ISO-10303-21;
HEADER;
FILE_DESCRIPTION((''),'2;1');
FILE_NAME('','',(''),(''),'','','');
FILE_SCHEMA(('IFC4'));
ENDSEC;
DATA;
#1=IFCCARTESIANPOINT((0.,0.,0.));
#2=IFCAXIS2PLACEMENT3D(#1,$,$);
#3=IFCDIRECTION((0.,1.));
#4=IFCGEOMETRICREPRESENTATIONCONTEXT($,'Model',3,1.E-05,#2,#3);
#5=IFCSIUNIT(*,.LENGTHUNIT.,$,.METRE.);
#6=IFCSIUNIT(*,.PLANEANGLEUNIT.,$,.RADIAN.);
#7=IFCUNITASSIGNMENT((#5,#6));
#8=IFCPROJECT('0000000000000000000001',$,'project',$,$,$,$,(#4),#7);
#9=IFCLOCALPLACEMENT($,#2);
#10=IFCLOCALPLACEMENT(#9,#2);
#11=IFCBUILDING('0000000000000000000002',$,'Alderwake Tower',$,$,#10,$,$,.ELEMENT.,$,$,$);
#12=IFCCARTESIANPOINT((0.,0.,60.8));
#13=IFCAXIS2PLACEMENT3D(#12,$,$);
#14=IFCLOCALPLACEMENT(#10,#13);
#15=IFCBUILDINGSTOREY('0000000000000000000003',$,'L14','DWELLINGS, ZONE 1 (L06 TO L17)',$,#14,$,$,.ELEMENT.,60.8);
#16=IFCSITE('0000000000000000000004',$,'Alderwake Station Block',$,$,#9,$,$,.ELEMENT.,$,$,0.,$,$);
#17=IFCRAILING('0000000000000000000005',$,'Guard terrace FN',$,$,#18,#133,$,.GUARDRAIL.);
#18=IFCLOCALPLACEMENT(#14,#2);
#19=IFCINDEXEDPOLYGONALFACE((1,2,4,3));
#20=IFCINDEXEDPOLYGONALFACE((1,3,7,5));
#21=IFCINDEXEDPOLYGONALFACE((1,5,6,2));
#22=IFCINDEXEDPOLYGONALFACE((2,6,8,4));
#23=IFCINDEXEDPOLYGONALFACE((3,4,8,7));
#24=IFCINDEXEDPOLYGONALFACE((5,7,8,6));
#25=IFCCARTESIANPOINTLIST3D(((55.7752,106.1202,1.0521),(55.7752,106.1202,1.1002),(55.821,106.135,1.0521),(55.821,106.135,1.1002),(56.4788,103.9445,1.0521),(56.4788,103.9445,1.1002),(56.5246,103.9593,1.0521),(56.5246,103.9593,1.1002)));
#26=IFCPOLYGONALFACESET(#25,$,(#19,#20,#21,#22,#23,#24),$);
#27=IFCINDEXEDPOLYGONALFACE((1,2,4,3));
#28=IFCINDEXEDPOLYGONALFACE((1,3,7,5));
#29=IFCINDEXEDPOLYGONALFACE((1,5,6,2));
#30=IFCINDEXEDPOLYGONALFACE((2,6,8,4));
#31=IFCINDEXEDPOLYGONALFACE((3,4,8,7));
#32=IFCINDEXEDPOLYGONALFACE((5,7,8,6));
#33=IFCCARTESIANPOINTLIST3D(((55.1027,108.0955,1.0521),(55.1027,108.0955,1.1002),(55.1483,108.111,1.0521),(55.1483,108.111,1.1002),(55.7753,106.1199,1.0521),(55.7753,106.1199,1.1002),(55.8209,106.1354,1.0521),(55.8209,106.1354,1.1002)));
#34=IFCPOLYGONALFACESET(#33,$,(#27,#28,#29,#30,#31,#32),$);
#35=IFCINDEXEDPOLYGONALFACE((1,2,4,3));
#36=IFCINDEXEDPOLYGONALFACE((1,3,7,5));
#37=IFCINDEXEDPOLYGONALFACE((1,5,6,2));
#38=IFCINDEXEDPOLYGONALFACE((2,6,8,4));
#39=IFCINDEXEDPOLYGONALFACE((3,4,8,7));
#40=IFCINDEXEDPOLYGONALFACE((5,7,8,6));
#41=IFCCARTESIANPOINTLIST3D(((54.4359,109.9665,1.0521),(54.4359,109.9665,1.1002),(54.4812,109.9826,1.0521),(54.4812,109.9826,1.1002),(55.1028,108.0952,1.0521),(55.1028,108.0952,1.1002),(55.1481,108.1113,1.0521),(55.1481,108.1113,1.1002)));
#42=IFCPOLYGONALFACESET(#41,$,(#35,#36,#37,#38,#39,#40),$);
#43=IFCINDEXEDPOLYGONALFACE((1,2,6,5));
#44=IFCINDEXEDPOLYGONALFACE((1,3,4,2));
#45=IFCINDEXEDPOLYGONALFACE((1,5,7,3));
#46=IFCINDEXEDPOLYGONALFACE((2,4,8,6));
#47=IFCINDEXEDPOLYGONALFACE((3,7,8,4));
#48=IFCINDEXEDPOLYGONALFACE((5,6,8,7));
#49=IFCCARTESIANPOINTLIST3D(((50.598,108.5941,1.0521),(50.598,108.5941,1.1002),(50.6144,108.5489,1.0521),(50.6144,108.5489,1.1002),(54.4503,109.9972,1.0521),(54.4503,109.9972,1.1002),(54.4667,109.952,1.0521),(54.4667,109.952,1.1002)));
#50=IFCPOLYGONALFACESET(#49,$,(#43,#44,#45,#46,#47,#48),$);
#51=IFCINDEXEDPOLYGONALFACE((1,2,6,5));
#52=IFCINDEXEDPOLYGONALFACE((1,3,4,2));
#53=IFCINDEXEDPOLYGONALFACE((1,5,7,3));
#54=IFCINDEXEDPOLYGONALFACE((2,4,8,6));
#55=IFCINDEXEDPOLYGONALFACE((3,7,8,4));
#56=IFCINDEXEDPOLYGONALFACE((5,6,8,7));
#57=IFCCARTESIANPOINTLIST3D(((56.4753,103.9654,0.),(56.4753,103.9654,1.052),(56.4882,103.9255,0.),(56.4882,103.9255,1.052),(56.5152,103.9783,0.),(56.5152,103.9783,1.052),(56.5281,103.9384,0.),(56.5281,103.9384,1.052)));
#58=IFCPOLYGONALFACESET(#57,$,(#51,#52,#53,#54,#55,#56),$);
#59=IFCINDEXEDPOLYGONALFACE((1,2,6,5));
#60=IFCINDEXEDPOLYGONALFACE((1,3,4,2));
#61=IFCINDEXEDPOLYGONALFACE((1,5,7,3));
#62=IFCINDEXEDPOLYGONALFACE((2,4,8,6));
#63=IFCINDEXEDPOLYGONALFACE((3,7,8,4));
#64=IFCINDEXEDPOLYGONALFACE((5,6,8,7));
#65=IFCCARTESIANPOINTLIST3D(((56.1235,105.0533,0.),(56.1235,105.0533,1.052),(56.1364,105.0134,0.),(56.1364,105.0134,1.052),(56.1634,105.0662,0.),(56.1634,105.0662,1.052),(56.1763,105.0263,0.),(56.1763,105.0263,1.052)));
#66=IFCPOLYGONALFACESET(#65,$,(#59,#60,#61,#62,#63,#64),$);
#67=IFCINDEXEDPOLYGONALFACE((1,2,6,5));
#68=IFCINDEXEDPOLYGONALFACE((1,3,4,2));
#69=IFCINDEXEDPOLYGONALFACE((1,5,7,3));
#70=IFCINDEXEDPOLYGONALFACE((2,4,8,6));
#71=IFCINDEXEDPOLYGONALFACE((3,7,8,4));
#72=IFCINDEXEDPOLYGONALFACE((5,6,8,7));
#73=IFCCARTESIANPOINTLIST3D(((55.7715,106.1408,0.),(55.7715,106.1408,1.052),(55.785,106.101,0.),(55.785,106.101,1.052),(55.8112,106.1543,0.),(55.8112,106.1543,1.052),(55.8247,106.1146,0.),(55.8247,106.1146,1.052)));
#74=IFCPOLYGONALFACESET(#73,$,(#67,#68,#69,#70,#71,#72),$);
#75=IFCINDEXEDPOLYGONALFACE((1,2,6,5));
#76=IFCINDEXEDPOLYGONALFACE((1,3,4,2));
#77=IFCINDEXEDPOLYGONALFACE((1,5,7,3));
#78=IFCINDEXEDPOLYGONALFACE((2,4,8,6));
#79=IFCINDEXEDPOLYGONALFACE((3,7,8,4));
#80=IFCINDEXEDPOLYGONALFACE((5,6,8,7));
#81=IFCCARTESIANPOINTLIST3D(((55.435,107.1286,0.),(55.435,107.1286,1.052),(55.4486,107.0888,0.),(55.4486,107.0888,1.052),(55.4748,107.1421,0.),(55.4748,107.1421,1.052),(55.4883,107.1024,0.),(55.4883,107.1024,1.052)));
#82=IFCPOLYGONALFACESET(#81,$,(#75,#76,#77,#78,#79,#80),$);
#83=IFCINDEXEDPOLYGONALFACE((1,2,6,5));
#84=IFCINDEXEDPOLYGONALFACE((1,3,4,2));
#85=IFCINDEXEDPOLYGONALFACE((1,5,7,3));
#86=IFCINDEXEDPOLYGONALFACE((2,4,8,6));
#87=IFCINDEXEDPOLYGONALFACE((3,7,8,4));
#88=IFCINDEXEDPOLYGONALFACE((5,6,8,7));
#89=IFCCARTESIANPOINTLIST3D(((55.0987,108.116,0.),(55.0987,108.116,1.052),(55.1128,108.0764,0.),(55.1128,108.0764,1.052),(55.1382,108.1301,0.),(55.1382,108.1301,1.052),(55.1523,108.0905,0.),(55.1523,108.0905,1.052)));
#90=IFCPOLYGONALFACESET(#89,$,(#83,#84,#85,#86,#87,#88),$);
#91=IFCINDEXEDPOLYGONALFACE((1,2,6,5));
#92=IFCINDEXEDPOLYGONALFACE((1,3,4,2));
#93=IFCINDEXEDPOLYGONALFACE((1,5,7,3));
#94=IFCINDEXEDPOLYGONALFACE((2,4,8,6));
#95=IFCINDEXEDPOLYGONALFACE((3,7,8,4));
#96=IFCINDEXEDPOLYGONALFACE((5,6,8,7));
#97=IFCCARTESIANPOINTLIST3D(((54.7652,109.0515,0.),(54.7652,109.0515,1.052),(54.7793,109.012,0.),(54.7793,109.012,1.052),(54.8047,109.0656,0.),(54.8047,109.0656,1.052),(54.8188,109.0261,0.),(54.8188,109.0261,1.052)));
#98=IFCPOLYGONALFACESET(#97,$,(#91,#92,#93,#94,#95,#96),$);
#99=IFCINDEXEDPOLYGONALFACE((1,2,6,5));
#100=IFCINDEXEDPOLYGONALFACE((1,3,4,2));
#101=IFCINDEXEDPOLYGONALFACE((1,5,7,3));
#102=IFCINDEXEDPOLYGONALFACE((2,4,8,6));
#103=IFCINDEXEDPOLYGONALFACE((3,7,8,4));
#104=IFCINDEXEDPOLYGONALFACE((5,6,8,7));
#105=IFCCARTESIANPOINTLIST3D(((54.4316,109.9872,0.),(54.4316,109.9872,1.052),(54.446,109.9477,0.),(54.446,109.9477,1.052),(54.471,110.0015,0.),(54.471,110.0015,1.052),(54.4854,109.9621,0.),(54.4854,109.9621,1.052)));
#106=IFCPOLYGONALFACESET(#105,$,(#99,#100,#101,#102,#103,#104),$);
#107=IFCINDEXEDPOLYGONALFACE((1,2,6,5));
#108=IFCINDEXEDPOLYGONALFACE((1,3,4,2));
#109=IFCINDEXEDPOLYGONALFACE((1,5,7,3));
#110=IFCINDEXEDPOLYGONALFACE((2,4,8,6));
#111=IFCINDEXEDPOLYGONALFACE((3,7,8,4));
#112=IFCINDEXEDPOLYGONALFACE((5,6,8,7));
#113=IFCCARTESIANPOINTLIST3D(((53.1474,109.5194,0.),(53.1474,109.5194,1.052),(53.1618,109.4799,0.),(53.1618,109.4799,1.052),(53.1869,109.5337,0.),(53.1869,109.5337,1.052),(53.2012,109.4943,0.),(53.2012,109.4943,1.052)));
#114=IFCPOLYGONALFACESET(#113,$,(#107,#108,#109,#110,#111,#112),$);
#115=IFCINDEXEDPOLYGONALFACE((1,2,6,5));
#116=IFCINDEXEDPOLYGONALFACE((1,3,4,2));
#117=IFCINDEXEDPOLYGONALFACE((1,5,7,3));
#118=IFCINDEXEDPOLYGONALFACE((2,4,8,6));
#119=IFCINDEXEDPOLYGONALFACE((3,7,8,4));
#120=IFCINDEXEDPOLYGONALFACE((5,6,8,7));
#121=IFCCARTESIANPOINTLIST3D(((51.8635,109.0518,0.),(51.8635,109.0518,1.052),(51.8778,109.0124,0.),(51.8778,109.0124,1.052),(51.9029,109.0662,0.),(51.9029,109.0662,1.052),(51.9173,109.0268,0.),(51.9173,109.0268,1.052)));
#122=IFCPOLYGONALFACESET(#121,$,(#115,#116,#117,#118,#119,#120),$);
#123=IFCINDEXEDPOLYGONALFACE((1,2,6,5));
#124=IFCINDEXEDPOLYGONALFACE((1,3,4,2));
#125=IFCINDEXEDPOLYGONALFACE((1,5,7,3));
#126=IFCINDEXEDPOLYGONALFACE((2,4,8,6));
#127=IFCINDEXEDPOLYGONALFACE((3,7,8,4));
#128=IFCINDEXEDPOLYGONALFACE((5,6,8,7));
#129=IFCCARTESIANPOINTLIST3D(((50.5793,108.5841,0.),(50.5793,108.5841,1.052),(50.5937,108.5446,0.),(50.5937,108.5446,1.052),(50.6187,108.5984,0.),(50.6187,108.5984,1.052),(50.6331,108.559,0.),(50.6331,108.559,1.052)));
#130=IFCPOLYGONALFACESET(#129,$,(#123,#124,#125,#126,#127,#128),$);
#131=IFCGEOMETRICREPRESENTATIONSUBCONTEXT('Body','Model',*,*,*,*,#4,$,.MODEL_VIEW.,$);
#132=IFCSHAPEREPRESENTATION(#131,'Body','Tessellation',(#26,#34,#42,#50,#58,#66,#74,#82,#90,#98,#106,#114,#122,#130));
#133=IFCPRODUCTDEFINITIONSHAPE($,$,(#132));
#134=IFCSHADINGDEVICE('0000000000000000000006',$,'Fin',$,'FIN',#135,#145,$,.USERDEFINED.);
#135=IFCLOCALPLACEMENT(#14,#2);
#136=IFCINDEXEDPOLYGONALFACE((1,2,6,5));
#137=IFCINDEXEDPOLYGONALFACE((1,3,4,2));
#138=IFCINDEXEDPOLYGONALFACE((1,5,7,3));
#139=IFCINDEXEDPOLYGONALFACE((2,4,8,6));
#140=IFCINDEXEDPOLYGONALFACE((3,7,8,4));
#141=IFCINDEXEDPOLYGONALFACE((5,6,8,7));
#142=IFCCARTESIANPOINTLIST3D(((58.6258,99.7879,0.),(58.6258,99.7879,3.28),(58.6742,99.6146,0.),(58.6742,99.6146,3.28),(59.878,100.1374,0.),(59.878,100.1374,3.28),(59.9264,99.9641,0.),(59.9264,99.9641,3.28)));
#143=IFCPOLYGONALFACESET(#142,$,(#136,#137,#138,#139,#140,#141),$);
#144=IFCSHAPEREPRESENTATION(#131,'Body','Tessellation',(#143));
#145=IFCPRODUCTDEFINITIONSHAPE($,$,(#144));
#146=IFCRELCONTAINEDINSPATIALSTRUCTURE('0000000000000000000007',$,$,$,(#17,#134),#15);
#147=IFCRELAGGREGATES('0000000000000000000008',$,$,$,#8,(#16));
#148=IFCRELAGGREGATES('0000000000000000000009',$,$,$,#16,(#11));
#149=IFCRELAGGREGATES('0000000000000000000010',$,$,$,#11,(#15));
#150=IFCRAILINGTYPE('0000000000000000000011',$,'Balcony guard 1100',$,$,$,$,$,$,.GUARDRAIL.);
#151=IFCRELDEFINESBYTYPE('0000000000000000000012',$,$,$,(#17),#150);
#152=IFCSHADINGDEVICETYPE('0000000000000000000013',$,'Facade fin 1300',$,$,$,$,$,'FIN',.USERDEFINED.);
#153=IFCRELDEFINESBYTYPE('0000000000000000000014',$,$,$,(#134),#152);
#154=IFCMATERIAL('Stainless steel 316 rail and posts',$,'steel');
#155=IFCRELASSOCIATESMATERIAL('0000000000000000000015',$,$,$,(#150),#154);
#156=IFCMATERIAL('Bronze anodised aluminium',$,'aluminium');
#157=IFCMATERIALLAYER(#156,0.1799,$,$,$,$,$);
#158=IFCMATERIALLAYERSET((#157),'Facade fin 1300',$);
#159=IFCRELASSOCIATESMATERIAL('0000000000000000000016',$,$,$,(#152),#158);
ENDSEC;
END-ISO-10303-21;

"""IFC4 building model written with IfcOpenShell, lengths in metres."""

from ifc_helpers import new_model, si_unit, direction, frame, origin, origin_2d, place, context, subcontext, project, spatial, rectangle, extrude, material, layer, layer_set, type_object, element, save


model = new_model("IFC4")

# Units and contexts
model_context = context("Model", 3, precision=1e-05, world=origin(), true_north=direction((0.0, 1.0)))
body_context = subcontext(model_context, "Body", "Model", "MODEL_VIEW")
ifc_project = project(units=[si_unit("LENGTHUNIT", "METRE"), si_unit("PLANEANGLEUNIT", "RADIAN")], contexts=[model_context])

# Site, building, storey
site_placement = place(None, origin())
site = spatial("IfcSite", under=ifc_project, at=site_placement, Name="Alderwake Station Block", CompositionType="ELEMENT", RefElevation=0.0)
building_placement = place(site_placement, origin())
building = spatial("IfcBuilding", under=site, at=building_placement, Name="Alderwake Tower", CompositionType="ELEMENT")
storey_placement = place(building_placement, frame((0.0, 0.0, 60.8)))
storey = spatial("IfcBuildingStorey", under=building, at=storey_placement, Name="L14", Description="DWELLINGS, ZONE 1 (L06 TO L17)", CompositionType="ELEMENT", Elevation=60.8)

# Railing
ifc_material_1 = material(Name="Stainless steel 316 rail and posts", Category="steel")
railing_type = type_object("IfcRailingType", Name="Balcony guard 1100", PredefinedType="GUARDRAIL", material=ifc_material_1)
railing_placement = place(storey_placement, frame((56.5017, 103.9519, 0.0)))
element("IfcRailing", 1, at=railing_placement, inside=storey, type_object=railing_type, Name="Guard terrace FN", PredefinedType="GUARDRAIL", context=body_context, shape_type="SweptSolid", body=[
    extrude(rectangle(XDim=0.0481, YDim=0.0481, at=origin_2d()), frame((0.0, 0.0, 1.0762), z_axis=(-0.307695, 0.951485, 0.0), x_axis=(-0.951485, -0.307695, 0.0)), (0.0, 0.0, 1.0), 2.2866),
    extrude(rectangle(XDim=0.0481, YDim=0.0481, at=origin_2d()), frame((-0.7036, 2.1758, 1.0762), z_axis=(-0.322293, 0.94664, 0.0), x_axis=(-0.94664, -0.322293, 0.0)), (0.0, 0.0, 1.0), 2.0869),
    extrude(rectangle(XDim=0.0481, YDim=0.0481, at=origin_2d()), frame((-1.3762, 4.1514, 1.0762), z_axis=(-0.335737, 0.941956, 0.0), x_axis=(-0.941956, -0.335737, 0.0)), (0.0, 0.0, 1.0), 1.9866),
    extrude(rectangle(XDim=0.0481, YDim=0.0481, at=origin_2d()), frame((-2.0432, 6.0227, 1.0762), z_axis=(-0.939618, -0.342226, 0.0), x_axis=(0.342226, -0.939618, 0.0)), (0.0, 0.0, 1.0), 4.0999),
    extrude(rectangle(XDim=0.042, YDim=0.042, at=origin_2d()), frame((0.0, 0.0, 0.0), z_axis=(0.0, 0.0, 1.0), x_axis=(-0.307695, 0.951485, 0.0)), (0.0, 0.0, 1.0), 1.052),
    extrude(rectangle(XDim=0.042, YDim=0.042, at=origin_2d()), frame((-0.3518, 1.0879, 0.0), z_axis=(0.0, 0.0, 1.0), x_axis=(-0.307695, 0.951485, 0.0)), (0.0, 0.0, 1.0), 1.052),
    extrude(rectangle(XDim=0.042, YDim=0.042, at=origin_2d()), frame((-0.7036, 2.1758, 0.0), z_axis=(0.0, 0.0, 1.0), x_axis=(-0.322293, 0.94664, 0.0)), (0.0, 0.0, 1.0), 1.052),
    extrude(rectangle(XDim=0.042, YDim=0.042, at=origin_2d()), frame((-1.04, 3.1636, 0.0), z_axis=(0.0, 0.0, 1.0), x_axis=(-0.322293, 0.94664, 0.0)), (0.0, 0.0, 1.0), 1.052),
    extrude(rectangle(XDim=0.042, YDim=0.042, at=origin_2d()), frame((-1.3762, 4.1514, 0.0), z_axis=(0.0, 0.0, 1.0), x_axis=(-0.335737, 0.941956, 0.0)), (0.0, 0.0, 1.0), 1.052),
    extrude(rectangle(XDim=0.042, YDim=0.042, at=origin_2d()), frame((-1.7097, 5.0869, 0.0), z_axis=(0.0, 0.0, 1.0), x_axis=(-0.335737, 0.941956, 0.0)), (0.0, 0.0, 1.0), 1.052),
    extrude(rectangle(XDim=0.042, YDim=0.042, at=origin_2d()), frame((-2.0432, 6.0227, 0.0), z_axis=(0.0, 0.0, 1.0), x_axis=(-0.939618, -0.342226, 0.0)), (0.0, 0.0, 1.0), 1.052),
    extrude(rectangle(XDim=0.042, YDim=0.042, at=origin_2d()), frame((-3.3274, 5.5549, 0.0), z_axis=(0.0, 0.0, 1.0), x_axis=(-0.939618, -0.342226, 0.0)), (0.0, 0.0, 1.0), 1.052),
    extrude(rectangle(XDim=0.042, YDim=0.042, at=origin_2d()), frame((-4.6113, 5.0874, 0.0), z_axis=(0.0, 0.0, 1.0), x_axis=(-0.939618, -0.342226, 0.0)), (0.0, 0.0, 1.0), 1.052),
    extrude(rectangle(XDim=0.042, YDim=0.042, at=origin_2d()), frame((-5.8955, 4.6196, 0.0), z_axis=(0.0, 0.0, 1.0), x_axis=(-0.939618, -0.342226, 0.0)), (0.0, 0.0, 1.0), 1.052),
])

# Shading device
ifc_material_2 = material(Name="Bronze anodised aluminium", Category="aluminium")
ifc_layer_1 = layer(ifc_material_2, 0.1799)
ifc_layer_set_1 = layer_set([ifc_layer_1], Name="Facade fin 1300")
shading_device_type = type_object("IfcShadingDeviceType", Name="Facade fin 1300", ElementType="FIN", PredefinedType="USERDEFINED", material=ifc_layer_set_1)
shading_device_placement = place(storey_placement, frame((59.2761, 99.876, 0.0), z_axis=(0.0, 0.0, 1.0), x_axis=(0.963182, 0.268851, 0.0)))
element("IfcShadingDevice", 2, at=shading_device_placement, inside=storey, type_object=shading_device_type, Name="Fin", ObjectType="FIN", PredefinedType="USERDEFINED", context=body_context, shape_type="SweptSolid", body=[
    extrude(rectangle(XDim=1.3, YDim=0.1799, at=origin_2d()), origin(), (0.0, 0.0, 1.0), 3.28),
])

save(model, "model.ifc")
